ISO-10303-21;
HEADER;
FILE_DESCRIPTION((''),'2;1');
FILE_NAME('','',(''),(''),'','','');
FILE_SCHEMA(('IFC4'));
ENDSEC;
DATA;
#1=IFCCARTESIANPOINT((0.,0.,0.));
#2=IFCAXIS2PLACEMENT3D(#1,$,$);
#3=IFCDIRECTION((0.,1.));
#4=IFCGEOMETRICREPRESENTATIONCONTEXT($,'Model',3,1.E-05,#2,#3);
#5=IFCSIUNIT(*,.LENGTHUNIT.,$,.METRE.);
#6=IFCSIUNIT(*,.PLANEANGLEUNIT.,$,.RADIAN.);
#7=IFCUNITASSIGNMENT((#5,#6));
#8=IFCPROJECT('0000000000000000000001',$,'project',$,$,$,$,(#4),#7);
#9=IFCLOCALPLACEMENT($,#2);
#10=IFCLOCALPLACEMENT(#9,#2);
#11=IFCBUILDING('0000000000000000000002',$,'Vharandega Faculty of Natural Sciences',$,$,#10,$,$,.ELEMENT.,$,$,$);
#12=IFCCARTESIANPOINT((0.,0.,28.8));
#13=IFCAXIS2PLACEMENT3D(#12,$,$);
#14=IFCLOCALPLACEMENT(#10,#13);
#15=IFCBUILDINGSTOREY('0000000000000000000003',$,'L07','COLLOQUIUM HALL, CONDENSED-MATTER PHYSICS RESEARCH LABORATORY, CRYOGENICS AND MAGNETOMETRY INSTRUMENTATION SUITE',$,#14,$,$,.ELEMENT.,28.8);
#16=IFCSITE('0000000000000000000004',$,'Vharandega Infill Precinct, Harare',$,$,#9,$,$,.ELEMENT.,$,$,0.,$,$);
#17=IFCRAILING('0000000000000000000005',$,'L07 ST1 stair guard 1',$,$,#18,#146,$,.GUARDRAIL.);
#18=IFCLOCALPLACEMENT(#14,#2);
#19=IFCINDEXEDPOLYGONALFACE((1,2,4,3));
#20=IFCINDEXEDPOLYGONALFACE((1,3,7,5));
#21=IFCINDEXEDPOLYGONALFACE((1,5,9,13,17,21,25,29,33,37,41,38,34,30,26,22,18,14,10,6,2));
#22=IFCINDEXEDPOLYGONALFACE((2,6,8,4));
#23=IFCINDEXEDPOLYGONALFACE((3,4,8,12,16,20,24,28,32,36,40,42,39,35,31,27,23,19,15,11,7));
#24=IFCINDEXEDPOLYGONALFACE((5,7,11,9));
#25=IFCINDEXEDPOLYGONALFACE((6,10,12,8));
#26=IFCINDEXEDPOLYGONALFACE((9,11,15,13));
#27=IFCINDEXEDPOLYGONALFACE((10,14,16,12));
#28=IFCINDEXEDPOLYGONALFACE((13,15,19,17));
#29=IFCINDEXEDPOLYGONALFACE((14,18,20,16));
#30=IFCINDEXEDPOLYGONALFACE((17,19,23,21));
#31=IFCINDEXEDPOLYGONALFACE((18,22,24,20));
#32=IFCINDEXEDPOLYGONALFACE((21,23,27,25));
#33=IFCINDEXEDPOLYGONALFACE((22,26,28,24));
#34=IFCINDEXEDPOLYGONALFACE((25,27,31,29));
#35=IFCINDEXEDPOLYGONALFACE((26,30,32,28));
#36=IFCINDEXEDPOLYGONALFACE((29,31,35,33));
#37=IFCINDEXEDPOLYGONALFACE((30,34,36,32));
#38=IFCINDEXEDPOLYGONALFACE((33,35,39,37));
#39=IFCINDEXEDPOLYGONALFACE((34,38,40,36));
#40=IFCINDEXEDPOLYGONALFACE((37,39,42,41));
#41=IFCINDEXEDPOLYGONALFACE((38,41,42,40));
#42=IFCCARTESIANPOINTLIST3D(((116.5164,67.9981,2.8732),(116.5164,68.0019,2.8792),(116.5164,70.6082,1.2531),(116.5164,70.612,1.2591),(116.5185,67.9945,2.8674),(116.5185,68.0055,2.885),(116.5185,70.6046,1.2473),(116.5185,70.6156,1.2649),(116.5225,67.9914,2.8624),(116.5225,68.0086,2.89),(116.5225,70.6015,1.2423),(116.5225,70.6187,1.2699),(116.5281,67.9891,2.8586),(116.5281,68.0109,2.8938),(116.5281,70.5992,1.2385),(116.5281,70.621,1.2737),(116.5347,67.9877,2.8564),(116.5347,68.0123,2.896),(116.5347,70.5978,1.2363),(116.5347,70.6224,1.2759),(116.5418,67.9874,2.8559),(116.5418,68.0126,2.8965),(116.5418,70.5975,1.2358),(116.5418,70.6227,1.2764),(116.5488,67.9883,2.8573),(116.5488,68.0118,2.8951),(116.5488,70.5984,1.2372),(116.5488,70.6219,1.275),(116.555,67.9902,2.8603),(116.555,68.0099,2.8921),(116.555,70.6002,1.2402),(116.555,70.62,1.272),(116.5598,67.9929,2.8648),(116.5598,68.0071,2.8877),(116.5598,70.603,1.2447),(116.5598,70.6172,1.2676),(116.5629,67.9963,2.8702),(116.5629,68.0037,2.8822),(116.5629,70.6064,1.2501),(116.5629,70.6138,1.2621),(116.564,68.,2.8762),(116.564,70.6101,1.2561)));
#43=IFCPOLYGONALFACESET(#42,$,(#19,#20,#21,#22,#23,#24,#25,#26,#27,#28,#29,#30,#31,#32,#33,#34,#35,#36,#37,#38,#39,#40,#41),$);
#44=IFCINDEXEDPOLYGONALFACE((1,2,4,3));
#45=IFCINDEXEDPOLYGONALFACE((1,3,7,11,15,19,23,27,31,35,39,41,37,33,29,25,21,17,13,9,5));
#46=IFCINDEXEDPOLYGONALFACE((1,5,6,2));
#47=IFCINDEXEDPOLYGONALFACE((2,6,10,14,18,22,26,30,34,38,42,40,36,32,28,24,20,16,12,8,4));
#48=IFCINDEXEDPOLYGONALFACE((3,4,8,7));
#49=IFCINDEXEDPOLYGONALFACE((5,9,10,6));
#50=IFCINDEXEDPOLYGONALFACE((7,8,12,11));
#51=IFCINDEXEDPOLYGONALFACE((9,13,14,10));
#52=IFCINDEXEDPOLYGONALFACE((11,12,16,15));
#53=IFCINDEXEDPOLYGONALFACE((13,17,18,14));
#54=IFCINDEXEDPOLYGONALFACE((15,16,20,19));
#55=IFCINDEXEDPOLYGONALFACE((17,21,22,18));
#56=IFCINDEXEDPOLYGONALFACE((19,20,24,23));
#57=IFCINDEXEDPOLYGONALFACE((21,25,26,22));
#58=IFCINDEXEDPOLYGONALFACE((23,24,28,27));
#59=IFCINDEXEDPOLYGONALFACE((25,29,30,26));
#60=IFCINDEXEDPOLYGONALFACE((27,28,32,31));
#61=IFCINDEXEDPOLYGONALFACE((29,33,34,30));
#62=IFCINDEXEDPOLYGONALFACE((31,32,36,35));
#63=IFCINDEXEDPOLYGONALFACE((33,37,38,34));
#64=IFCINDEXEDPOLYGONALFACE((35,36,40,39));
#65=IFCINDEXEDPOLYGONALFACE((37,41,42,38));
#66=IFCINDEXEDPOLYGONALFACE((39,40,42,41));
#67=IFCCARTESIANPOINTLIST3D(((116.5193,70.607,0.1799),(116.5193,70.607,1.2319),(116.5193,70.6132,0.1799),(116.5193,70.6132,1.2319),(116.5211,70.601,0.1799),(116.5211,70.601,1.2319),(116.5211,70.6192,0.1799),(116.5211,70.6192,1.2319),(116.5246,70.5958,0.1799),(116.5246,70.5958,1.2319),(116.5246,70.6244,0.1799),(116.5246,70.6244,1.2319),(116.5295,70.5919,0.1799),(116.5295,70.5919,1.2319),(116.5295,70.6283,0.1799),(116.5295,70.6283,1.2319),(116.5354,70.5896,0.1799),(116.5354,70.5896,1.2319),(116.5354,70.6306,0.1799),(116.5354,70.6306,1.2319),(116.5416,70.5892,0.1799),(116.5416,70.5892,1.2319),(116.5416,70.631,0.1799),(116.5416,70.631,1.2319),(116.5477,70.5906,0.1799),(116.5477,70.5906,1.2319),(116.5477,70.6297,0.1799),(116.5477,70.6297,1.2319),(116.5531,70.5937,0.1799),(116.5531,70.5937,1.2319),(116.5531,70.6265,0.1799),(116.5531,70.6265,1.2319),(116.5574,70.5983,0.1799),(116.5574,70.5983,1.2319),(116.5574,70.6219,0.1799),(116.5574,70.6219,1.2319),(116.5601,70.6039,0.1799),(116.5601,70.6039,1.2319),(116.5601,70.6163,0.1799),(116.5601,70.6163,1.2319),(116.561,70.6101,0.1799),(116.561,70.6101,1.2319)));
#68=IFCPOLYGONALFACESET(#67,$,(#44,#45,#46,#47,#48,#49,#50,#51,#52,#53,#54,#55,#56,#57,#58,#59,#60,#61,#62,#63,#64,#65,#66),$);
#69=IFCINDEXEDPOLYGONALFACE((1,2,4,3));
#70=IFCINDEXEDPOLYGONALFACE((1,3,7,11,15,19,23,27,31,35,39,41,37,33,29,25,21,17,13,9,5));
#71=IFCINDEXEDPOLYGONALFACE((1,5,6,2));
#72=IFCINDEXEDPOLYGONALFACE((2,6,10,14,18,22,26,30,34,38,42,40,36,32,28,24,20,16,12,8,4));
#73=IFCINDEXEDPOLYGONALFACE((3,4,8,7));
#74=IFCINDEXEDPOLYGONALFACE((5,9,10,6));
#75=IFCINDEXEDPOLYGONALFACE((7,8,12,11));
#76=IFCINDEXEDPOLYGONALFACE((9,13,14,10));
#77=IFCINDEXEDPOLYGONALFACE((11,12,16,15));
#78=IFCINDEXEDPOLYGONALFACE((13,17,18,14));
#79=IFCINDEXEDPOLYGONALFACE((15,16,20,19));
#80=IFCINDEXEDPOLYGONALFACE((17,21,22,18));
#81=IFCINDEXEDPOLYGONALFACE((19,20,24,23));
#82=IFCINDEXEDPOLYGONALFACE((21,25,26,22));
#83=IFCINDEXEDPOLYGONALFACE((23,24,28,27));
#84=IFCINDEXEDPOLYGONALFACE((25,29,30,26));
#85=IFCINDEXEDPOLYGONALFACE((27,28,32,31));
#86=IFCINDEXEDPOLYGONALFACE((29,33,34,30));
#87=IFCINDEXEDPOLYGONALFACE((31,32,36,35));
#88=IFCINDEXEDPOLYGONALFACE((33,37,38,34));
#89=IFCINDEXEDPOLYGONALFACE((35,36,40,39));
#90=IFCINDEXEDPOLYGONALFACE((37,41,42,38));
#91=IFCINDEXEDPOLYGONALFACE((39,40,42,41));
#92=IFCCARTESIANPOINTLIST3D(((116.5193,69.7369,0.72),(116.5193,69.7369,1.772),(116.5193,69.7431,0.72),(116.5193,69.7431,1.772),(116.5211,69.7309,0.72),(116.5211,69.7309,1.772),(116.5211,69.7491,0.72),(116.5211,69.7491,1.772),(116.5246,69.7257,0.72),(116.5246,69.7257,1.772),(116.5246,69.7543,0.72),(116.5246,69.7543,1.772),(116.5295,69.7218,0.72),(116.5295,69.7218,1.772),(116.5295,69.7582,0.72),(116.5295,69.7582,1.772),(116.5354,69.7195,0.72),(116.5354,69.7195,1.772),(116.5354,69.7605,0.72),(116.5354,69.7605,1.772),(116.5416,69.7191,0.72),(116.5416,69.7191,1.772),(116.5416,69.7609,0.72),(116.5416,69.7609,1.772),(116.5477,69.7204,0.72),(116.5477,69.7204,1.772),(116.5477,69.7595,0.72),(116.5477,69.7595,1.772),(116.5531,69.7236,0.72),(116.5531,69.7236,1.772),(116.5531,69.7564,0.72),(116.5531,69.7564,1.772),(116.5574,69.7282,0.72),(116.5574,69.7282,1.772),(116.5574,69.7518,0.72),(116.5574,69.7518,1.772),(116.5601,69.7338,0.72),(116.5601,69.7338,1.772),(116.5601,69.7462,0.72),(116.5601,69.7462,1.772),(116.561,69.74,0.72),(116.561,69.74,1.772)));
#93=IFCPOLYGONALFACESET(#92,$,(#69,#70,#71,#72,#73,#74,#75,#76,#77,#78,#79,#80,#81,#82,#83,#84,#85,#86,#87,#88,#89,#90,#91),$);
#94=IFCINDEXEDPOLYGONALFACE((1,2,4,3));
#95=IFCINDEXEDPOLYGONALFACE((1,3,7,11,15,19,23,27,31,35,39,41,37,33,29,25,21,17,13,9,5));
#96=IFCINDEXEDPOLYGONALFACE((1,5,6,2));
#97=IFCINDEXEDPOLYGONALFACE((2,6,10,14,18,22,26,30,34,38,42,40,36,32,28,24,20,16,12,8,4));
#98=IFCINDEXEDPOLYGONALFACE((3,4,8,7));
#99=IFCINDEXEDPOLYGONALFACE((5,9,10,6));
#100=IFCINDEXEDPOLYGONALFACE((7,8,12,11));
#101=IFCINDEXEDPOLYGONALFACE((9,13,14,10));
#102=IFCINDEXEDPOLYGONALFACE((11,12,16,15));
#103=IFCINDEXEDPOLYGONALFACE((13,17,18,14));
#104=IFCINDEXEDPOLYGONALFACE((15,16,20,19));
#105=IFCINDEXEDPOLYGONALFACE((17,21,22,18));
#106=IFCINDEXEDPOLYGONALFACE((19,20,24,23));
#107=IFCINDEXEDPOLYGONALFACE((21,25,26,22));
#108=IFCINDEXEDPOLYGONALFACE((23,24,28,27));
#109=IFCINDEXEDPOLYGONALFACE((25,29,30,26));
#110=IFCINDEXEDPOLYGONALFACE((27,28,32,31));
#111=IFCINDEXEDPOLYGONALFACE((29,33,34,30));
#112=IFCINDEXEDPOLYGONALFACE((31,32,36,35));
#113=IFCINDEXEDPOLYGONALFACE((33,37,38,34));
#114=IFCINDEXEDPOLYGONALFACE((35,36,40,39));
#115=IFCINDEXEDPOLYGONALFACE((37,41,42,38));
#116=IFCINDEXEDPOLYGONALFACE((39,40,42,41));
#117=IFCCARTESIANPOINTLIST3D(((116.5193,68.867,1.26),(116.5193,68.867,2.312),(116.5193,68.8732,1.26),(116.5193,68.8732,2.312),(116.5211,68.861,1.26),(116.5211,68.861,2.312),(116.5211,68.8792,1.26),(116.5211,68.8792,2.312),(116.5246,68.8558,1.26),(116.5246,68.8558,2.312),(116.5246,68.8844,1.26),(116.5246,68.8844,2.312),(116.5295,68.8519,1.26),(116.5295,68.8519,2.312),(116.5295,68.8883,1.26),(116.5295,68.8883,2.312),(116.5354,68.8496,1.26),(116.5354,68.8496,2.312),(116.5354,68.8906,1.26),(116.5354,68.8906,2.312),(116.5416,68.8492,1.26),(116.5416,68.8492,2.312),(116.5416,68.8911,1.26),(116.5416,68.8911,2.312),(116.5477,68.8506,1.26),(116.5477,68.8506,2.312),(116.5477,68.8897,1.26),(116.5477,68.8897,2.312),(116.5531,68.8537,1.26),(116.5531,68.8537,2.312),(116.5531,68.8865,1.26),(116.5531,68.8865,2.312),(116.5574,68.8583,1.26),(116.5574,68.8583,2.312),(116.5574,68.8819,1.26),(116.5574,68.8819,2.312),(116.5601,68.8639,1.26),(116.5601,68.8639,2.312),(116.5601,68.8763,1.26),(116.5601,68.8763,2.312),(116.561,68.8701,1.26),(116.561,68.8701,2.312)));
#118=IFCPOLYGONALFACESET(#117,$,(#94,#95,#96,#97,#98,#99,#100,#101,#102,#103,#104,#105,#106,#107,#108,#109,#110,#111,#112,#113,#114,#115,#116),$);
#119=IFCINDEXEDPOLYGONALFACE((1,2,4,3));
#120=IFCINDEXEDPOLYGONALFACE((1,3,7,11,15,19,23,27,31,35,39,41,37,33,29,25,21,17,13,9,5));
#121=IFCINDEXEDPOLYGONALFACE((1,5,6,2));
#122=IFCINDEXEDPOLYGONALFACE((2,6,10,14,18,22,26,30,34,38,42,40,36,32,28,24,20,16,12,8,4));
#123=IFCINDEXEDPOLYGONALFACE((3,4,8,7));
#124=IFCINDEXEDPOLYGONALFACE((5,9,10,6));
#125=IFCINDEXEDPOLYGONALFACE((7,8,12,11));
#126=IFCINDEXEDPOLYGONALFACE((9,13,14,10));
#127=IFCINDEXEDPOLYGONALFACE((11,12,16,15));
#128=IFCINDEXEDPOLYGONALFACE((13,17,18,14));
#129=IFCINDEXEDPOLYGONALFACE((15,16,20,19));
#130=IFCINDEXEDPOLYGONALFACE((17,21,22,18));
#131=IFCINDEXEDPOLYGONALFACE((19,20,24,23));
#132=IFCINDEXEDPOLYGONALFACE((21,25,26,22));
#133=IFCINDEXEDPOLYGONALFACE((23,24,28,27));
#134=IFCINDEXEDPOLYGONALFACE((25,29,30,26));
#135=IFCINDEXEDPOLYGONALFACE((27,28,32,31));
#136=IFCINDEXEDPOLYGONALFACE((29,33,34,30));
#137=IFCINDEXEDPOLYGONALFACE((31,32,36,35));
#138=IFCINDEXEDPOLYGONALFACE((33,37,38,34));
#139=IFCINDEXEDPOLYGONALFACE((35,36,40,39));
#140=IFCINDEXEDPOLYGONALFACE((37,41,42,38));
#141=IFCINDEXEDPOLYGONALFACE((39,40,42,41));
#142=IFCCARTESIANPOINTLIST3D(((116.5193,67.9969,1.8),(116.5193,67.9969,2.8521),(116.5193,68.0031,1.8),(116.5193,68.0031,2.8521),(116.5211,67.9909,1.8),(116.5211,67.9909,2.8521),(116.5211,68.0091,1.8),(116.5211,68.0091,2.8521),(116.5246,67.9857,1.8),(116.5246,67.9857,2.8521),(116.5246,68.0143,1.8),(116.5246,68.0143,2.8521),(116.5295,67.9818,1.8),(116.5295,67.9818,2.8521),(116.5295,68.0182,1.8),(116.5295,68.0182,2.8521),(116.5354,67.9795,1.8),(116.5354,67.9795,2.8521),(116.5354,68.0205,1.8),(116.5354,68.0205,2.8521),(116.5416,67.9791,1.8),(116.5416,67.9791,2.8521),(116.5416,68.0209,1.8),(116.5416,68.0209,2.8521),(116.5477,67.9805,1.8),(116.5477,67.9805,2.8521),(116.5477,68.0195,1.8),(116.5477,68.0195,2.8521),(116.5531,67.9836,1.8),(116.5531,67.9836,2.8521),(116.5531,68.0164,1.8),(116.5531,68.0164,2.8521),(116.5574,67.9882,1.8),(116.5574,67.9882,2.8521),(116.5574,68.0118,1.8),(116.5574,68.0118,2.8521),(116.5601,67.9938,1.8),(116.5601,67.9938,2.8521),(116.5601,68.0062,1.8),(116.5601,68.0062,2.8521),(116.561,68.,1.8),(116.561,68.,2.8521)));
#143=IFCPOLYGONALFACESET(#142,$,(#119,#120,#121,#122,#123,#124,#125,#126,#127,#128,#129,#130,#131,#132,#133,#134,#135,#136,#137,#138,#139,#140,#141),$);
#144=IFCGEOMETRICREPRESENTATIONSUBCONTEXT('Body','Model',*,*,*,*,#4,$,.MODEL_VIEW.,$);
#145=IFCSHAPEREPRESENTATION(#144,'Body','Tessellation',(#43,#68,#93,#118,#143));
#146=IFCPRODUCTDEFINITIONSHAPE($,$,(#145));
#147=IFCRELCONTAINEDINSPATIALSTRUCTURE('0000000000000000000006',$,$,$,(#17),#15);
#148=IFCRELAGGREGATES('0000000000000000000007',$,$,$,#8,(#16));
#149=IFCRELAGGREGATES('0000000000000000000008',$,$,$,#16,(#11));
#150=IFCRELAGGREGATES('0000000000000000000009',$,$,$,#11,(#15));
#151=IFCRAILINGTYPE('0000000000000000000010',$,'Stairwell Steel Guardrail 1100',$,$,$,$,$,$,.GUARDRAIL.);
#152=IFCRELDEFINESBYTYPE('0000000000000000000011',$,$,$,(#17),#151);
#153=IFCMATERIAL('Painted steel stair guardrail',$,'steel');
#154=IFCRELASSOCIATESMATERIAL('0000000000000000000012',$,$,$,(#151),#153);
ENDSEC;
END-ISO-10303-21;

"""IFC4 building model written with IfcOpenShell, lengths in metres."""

from ifc_helpers import new_model, si_unit, direction, frame, origin, origin_2d, place, context, subcontext, project, spatial, circle, extrude, material, type_object, element, save


model = new_model("IFC4")

# Units and contexts
model_context = context("Model", 3, precision=1e-05, world=origin(), true_north=direction((0.0, 1.0)))
body_context = subcontext(model_context, "Body", "Model", "MODEL_VIEW")
ifc_project = project(units=[si_unit("LENGTHUNIT", "METRE"), si_unit("PLANEANGLEUNIT", "RADIAN")], contexts=[model_context])

# Site, building, storey
site_placement = place(None, origin())
site = spatial("IfcSite", under=ifc_project, at=site_placement, Name="Vharandega Infill Precinct, Harare", CompositionType="ELEMENT", RefElevation=0.0)
building_placement = place(site_placement, origin())
building = spatial("IfcBuilding", under=site, at=building_placement, Name="Vharandega Faculty of Natural Sciences", CompositionType="ELEMENT")
storey_placement = place(building_placement, frame((0.0, 0.0, 28.8)))
storey = spatial("IfcBuildingStorey", under=building, at=storey_placement, Name="L07", Description="COLLOQUIUM HALL, CONDENSED-MATTER PHYSICS RESEARCH LABORATORY, CRYOGENICS AND MAGNETOMETRY INSTRUMENTATION SUITE", CompositionType="ELEMENT", Elevation=28.8)

# Railing
ifc_material_1 = material(Name="Painted steel stair guardrail", Category="steel")
railing_type_1 = type_object("IfcRailingType", Name="Stairwell Steel Guardrail 1100", PredefinedType="GUARDRAIL", material=ifc_material_1)
railing_1_placement = place(storey_placement, frame((116.54, 70.6101, 0.1799)))
element("IfcRailing", 1, at=railing_1_placement, inside=storey, type_object=railing_type_1, Name="L07 ST1 stair guard 1", PredefinedType="GUARDRAIL", context=body_context, shape_type="SweptSolid", body=[
    extrude(circle(Radius=0.0239, at=origin_2d()), frame((0.0, 0.0, 1.0762), z_axis=(0.0, -0.849633, 0.527375), x_axis=(1.0, 0.0, 0.0)), (0.0, 0.0, 1.0), 3.072),
    extrude(circle(Radius=0.021, at=origin_2d()), origin(), (0.0, 0.0, 1.0), 1.052),
    extrude(circle(Radius=0.021, at=origin_2d()), frame((0.0, -0.8701, 0.54)), (0.0, 0.0, 1.0), 1.052),
    extrude(circle(Radius=0.021, at=origin_2d()), frame((0.0, -1.74, 1.0801)), (0.0, 0.0, 1.0), 1.052),
    extrude(circle(Radius=0.021, at=origin_2d()), frame((0.0, -2.6101, 1.6201)), (0.0, 0.0, 1.0), 1.052),
])

save(model, "model.ifc")
